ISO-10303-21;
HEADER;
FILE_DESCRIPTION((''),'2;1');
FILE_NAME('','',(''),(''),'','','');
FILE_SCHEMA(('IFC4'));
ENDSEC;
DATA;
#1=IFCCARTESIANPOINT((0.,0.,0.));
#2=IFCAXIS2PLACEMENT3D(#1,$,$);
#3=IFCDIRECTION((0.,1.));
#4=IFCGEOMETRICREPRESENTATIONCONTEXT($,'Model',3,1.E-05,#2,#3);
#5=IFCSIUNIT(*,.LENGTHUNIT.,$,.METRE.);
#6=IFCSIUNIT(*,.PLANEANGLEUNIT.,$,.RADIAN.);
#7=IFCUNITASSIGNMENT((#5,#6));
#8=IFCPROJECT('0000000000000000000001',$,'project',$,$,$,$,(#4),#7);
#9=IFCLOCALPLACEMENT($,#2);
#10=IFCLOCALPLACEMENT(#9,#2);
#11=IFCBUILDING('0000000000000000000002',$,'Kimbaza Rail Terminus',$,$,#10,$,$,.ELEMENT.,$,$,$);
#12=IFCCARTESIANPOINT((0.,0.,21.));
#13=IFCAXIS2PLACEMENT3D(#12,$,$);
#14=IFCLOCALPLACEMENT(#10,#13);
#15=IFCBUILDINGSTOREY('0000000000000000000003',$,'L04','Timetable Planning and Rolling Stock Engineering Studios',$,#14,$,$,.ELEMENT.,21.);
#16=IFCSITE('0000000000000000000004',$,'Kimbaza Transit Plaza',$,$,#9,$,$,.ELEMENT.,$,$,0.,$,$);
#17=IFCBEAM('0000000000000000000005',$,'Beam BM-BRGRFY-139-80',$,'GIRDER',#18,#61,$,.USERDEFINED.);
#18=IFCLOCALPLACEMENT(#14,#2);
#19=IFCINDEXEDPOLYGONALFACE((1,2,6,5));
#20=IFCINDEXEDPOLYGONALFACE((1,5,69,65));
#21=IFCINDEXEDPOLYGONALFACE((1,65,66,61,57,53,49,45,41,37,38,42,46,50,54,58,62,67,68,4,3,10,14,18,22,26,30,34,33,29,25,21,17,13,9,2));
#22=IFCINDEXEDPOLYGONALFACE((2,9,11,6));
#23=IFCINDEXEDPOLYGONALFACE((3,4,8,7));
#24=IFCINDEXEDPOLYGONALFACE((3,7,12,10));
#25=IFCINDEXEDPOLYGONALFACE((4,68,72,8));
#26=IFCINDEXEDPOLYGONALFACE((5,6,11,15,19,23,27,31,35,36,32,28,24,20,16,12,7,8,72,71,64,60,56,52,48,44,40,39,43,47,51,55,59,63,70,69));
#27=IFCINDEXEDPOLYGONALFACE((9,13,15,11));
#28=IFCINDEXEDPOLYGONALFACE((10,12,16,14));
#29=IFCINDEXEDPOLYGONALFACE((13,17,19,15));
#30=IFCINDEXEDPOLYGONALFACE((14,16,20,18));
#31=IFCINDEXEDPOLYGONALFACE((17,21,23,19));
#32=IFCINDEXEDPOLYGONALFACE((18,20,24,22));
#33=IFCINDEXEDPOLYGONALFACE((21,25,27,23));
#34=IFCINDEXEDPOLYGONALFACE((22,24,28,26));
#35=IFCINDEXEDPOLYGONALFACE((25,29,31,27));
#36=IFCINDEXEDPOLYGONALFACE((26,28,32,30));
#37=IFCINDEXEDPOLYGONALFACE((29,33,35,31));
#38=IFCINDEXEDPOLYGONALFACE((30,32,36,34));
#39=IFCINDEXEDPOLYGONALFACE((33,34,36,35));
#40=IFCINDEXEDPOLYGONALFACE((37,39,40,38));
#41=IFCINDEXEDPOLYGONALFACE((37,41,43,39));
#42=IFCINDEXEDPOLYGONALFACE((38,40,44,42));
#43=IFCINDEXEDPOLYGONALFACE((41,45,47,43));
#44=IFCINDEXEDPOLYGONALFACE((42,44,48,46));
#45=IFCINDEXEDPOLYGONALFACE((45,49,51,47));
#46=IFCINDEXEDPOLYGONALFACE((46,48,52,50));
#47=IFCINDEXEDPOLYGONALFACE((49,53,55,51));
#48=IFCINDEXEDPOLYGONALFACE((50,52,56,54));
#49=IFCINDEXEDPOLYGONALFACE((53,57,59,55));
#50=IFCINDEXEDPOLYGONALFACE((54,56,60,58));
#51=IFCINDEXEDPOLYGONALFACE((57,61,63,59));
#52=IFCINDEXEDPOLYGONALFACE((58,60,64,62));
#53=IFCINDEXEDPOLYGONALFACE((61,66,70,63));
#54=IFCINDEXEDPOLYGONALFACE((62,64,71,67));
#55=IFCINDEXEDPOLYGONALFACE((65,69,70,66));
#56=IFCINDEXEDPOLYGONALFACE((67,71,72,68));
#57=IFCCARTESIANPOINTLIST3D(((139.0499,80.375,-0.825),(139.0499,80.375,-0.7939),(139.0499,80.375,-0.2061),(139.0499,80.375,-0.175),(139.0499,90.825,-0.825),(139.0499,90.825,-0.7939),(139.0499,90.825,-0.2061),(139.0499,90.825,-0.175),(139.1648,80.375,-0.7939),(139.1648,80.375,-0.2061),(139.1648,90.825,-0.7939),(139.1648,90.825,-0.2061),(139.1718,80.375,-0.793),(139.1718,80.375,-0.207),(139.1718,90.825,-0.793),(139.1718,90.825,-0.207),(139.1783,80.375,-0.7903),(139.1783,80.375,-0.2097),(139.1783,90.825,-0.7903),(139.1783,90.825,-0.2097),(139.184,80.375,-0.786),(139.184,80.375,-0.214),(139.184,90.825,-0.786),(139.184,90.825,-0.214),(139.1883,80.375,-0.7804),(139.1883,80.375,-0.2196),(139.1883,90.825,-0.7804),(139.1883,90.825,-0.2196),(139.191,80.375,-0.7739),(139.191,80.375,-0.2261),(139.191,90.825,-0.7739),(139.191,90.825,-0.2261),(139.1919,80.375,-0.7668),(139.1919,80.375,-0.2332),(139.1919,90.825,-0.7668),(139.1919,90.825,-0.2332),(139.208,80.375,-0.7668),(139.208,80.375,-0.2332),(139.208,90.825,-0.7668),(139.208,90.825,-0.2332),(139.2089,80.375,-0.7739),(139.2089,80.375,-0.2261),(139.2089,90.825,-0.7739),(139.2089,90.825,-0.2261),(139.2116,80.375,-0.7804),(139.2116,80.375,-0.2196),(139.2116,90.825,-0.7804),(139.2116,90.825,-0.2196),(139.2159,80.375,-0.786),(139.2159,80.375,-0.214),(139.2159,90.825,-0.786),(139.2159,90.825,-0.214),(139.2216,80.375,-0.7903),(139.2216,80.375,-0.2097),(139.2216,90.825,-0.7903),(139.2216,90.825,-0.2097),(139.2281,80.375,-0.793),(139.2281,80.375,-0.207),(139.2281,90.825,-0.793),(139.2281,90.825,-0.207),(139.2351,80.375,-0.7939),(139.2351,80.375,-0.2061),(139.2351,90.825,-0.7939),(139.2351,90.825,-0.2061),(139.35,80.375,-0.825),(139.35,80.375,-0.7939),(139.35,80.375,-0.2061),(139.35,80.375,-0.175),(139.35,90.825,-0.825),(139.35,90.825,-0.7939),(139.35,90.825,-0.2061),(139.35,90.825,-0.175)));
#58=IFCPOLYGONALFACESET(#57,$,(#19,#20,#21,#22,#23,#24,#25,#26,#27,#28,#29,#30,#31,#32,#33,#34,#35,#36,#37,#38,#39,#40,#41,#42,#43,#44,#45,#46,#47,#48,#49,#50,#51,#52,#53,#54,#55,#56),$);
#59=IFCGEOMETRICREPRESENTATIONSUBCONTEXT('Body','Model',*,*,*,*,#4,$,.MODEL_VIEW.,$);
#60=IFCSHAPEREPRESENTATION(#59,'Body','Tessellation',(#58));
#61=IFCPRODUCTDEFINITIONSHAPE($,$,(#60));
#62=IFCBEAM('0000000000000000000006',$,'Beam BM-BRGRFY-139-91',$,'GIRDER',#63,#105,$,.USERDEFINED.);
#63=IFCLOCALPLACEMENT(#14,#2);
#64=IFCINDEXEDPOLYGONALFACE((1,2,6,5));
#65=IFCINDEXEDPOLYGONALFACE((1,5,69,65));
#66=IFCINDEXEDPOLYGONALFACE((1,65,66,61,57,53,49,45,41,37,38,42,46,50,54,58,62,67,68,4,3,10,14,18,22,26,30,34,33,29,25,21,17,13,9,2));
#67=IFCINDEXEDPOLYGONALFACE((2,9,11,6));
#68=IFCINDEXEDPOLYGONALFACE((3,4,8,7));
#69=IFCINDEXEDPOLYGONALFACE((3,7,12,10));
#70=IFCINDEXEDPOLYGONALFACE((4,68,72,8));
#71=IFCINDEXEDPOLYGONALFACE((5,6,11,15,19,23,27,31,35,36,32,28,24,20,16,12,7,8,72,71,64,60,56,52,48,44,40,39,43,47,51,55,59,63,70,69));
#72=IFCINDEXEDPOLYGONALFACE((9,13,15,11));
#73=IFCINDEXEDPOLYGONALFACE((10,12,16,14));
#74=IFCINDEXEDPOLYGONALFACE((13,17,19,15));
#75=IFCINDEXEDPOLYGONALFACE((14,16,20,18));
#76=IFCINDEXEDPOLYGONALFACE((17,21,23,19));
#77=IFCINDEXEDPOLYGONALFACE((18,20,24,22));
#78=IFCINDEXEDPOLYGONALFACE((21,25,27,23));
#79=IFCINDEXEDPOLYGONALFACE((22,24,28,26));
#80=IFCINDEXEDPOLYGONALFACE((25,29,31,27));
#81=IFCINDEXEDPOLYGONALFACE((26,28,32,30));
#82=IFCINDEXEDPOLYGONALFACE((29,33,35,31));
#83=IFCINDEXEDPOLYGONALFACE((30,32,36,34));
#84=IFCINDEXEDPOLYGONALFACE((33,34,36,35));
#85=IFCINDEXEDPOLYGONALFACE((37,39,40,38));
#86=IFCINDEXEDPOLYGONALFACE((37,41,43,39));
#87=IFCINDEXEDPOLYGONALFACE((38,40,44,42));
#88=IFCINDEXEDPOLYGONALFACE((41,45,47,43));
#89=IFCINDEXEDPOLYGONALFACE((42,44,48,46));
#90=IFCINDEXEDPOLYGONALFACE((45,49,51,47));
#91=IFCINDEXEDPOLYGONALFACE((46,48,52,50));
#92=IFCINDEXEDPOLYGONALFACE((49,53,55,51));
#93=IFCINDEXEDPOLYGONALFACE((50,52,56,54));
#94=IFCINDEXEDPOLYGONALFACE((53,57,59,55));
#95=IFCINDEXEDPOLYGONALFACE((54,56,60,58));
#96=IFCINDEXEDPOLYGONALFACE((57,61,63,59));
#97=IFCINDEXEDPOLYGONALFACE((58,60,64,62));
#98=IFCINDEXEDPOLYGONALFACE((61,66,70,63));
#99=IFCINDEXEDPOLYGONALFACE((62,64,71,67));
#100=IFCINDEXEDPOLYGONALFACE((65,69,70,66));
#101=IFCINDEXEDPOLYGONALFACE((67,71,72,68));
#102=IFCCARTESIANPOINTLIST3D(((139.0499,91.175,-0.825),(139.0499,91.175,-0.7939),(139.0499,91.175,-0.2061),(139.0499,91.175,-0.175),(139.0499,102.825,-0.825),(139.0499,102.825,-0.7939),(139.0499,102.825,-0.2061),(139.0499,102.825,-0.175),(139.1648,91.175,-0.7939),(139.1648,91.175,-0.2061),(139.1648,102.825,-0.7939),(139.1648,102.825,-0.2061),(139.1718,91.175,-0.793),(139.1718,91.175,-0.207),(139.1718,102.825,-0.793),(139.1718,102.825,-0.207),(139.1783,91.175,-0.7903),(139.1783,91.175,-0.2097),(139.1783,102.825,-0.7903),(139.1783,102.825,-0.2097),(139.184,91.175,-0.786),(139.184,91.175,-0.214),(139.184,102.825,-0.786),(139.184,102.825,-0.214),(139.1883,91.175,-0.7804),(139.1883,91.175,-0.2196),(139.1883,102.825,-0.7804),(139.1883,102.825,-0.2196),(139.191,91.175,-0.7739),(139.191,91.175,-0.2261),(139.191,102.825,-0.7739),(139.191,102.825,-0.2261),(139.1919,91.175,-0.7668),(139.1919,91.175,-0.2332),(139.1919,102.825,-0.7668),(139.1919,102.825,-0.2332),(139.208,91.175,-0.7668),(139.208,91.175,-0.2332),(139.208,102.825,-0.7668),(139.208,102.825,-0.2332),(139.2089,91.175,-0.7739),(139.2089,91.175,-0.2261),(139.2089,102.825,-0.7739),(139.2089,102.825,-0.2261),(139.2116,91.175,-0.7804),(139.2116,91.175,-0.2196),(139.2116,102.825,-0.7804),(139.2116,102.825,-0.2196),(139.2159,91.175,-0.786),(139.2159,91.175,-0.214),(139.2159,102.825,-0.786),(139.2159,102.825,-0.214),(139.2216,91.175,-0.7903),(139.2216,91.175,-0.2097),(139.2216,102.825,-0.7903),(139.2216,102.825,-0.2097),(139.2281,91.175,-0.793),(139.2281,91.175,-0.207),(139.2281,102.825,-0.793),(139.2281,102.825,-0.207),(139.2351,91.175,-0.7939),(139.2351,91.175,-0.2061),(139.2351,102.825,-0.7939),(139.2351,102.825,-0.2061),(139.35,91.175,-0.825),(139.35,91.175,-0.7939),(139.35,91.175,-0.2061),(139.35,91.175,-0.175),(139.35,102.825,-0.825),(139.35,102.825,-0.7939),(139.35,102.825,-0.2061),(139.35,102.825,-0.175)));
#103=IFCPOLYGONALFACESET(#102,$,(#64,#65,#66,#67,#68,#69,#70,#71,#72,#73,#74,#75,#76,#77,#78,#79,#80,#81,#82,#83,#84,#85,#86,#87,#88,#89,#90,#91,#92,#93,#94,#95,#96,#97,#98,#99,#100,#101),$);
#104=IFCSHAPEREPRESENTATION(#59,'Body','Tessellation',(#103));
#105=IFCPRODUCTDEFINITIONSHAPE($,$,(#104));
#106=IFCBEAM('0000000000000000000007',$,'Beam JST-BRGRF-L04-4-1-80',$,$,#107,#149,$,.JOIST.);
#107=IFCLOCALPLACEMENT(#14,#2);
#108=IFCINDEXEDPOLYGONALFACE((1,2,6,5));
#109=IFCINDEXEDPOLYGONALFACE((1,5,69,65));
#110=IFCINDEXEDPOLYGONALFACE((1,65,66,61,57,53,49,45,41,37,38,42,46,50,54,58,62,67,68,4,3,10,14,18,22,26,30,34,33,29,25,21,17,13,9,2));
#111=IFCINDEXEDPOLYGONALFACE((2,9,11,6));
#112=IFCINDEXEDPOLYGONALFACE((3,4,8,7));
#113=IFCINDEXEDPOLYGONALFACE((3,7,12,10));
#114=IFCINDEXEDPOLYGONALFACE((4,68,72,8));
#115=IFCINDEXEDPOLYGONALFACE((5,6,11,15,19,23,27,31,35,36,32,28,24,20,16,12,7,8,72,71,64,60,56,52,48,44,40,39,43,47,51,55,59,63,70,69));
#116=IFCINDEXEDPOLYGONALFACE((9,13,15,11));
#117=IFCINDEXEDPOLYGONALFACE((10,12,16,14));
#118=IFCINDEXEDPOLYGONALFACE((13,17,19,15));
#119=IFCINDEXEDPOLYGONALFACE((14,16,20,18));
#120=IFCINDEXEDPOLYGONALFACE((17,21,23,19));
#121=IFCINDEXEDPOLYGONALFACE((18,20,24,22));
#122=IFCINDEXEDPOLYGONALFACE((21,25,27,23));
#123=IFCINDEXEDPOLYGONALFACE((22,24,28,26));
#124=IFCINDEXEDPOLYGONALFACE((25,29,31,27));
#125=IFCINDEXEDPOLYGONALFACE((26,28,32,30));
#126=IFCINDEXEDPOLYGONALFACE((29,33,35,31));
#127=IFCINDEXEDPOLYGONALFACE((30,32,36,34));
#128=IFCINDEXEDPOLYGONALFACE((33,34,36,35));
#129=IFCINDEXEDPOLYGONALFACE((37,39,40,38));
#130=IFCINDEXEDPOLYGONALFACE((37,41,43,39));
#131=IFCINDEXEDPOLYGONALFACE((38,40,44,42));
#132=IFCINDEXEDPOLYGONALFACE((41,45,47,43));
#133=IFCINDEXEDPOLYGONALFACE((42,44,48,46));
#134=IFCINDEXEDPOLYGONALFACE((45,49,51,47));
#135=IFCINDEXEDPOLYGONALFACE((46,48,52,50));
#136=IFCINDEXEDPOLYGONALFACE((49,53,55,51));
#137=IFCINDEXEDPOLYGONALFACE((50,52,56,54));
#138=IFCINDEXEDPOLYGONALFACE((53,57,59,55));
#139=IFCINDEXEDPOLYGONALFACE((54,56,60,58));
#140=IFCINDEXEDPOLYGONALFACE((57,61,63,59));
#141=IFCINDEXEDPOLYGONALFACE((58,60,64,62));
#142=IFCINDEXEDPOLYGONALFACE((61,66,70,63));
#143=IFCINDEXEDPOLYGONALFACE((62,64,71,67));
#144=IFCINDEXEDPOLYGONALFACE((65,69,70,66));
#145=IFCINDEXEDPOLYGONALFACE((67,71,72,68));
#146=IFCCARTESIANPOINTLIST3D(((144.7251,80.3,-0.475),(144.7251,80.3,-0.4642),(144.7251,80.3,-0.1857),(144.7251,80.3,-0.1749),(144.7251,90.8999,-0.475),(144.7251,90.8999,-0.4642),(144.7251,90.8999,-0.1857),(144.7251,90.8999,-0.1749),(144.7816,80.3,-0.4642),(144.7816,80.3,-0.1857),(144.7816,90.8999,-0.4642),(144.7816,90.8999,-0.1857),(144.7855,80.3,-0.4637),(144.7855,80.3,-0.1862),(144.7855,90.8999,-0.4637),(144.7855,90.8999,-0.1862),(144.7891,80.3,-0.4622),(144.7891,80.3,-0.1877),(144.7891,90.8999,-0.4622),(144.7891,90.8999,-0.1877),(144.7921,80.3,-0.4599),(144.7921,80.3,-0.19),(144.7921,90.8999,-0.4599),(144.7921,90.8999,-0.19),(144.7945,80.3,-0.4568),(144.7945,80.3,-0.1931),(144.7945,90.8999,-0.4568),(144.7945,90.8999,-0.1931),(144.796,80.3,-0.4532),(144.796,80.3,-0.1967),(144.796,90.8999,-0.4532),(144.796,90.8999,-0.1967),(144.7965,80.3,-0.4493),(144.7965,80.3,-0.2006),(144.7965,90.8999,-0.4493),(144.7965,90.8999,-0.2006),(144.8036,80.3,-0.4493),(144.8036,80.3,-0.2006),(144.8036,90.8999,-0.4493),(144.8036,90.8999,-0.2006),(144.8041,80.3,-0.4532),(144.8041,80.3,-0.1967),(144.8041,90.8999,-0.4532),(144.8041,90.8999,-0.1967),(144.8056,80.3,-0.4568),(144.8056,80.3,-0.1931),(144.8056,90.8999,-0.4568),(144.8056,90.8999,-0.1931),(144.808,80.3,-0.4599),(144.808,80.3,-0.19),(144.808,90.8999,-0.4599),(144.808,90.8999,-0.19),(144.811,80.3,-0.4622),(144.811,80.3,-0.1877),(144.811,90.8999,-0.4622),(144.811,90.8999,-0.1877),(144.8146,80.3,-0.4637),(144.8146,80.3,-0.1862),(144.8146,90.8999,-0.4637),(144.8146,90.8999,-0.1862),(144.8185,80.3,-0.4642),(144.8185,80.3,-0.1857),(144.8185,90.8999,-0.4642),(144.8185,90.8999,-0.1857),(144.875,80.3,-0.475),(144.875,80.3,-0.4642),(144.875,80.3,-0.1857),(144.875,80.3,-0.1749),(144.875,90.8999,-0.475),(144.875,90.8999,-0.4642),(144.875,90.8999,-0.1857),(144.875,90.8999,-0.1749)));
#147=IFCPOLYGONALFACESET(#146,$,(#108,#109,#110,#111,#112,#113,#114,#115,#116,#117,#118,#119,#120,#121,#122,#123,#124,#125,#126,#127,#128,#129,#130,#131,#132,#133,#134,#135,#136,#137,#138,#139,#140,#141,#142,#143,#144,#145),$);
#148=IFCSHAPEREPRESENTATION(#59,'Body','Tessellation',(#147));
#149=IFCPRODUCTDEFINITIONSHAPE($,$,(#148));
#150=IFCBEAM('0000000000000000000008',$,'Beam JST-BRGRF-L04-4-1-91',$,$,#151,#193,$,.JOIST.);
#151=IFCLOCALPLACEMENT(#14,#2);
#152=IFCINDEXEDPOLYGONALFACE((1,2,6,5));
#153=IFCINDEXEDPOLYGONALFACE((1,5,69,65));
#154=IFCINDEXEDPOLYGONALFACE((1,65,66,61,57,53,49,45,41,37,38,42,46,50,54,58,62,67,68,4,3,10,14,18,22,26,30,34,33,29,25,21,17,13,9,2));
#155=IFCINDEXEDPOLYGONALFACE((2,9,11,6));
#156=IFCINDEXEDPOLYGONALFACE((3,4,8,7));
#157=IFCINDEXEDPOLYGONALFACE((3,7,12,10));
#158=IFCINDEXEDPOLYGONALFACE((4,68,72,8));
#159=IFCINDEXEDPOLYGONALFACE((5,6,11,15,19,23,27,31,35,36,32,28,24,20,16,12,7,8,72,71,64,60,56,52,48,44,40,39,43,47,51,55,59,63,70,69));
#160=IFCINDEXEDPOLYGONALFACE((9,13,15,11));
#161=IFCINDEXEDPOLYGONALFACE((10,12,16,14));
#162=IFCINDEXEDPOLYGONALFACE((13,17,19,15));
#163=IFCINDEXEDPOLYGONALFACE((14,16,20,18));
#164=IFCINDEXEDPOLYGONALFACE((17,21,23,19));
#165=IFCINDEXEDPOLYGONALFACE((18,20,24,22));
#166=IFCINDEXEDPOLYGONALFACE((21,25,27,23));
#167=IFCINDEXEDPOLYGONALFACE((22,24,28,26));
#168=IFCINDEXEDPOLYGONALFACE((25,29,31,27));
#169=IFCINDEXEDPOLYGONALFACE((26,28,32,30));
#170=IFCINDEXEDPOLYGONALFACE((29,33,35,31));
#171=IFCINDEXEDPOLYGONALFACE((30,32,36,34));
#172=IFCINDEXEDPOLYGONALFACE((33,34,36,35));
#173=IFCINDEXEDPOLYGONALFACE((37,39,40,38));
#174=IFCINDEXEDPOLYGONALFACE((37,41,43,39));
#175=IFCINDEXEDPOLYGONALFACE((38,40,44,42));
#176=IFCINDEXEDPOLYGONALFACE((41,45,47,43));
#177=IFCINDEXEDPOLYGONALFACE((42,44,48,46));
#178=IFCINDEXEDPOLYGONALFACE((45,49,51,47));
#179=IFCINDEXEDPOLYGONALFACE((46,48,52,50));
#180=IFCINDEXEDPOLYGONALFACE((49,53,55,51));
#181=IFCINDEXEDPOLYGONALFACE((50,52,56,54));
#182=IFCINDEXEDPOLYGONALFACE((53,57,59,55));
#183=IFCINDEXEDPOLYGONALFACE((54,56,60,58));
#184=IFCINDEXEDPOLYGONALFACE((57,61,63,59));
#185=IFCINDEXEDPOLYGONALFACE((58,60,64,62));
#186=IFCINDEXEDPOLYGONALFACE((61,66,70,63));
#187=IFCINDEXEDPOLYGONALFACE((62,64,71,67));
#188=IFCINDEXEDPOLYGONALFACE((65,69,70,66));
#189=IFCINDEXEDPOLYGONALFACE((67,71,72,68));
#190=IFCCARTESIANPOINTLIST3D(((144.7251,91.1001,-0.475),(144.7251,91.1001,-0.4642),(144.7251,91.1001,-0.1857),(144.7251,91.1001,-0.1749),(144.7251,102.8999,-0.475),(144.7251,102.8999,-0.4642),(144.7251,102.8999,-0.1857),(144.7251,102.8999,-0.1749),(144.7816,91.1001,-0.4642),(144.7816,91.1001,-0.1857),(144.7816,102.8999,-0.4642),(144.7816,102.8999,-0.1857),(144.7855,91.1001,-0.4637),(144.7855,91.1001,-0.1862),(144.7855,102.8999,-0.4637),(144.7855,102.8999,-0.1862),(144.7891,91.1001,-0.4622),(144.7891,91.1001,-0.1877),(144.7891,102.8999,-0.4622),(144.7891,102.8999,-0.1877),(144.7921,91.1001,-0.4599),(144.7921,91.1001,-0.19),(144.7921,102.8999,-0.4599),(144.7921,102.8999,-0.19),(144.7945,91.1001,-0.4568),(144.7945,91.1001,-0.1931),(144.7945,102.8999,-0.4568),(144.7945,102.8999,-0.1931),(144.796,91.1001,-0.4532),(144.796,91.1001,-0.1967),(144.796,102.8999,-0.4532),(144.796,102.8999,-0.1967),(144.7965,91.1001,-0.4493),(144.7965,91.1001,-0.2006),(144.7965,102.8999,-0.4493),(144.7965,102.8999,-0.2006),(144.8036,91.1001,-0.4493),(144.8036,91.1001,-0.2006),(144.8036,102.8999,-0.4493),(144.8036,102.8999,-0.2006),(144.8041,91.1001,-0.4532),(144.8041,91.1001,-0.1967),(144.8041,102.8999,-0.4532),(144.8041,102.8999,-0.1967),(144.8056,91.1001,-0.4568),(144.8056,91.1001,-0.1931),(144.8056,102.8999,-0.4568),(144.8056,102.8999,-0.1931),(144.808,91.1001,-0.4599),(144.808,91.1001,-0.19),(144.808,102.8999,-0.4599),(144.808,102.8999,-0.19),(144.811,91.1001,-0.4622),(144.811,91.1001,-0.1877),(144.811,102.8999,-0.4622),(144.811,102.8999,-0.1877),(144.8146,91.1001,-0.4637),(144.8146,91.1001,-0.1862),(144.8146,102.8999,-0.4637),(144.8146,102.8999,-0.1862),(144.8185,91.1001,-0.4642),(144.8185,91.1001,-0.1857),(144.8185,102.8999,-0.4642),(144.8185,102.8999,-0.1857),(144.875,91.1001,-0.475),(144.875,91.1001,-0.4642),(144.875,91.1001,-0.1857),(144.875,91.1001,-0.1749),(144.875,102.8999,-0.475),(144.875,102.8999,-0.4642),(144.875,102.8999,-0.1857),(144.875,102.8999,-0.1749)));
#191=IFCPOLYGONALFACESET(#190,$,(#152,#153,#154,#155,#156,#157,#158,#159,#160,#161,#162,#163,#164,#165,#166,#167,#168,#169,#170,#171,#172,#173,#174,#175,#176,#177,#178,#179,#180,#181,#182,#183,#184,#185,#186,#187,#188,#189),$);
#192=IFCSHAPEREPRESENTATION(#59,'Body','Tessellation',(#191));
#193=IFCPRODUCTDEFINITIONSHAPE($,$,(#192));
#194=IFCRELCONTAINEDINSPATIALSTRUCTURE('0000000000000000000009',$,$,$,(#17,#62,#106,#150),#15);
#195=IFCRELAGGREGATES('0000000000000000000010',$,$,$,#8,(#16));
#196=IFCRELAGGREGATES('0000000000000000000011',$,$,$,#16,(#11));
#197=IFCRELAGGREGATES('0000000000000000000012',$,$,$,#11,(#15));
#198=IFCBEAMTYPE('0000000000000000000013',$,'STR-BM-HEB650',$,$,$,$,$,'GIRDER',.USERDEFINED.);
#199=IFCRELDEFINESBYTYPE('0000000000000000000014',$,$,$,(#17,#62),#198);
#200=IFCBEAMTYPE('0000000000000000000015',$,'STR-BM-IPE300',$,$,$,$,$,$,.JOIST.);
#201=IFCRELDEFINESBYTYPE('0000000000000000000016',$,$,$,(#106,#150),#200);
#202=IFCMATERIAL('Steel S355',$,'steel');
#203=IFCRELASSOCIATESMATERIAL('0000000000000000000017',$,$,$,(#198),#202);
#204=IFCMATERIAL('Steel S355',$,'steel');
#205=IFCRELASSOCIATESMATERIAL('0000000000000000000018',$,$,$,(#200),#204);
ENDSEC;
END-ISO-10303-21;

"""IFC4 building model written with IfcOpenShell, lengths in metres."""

from ifc_helpers import new_model, si_unit, direction, frame, origin, origin_2d, place, context, subcontext, project, spatial, i_section, extrude, material, material_profile, profile_set, type_object, element, save


model = new_model("IFC4")

# Units and contexts
model_context = context("Model", 3, precision=1e-05, world=origin(), true_north=direction((0.0, 1.0)))
body_context = subcontext(model_context, "Body", "Model", "MODEL_VIEW")
ifc_project = project(units=[si_unit("LENGTHUNIT", "METRE"), si_unit("PLANEANGLEUNIT", "RADIAN")], contexts=[model_context])

# Site, building, storey
site_placement = place(None, origin())
site = spatial("IfcSite", under=ifc_project, at=site_placement, Name="Kimbaza Transit Plaza", CompositionType="ELEMENT", RefElevation=0.0)
building_placement = place(site_placement, origin())
building = spatial("IfcBuilding", under=site, at=building_placement, Name="Kimbaza Rail Terminus", CompositionType="ELEMENT")
storey_placement = place(building_placement, frame((0.0, 0.0, 21.0)))
storey = spatial("IfcBuildingStorey", under=building, at=storey_placement, Name="L04", Description="Timetable Planning and Rolling Stock Engineering Studios", CompositionType="ELEMENT", Elevation=21.0)

# Beams
ifc_material_1 = material(Name="Steel S355", Category="steel")
ifc_material_profile_1 = material_profile(ifc_material_1, i_section(OverallWidth=0.3, OverallDepth=0.6499, WebThickness=0.0161, FlangeThickness=0.031, FilletRadius=0.0271, at=origin_2d()), Name="HEB 650")
ifc_profile_set_1 = profile_set([ifc_material_profile_1], Name="Steel S355")
beam_type_1 = type_object("IfcBeamType", Name="STR-BM-HEB650", ElementType="GIRDER", PredefinedType="USERDEFINED", material=ifc_profile_set_1)
beam_1_placement = place(storey_placement, frame((139.2, 80.375, -0.5), z_axis=(0.0, 1.0, 0.0), x_axis=(-1.0, 0.0, 0.0)))
element("IfcBeam", 1, at=beam_1_placement, inside=storey, type_object=beam_type_1, Name="Beam BM-BRGRFY-139-80", ObjectType="GIRDER", PredefinedType="USERDEFINED", context=body_context, shape_type="SweptSolid", body=[
    extrude(i_section(OverallWidth=0.3, OverallDepth=0.6499, WebThickness=0.0161, FlangeThickness=0.031, FilletRadius=0.0271, at=origin_2d()), origin(), (0.0, 0.0, 1.0), 10.45),
])
beam_2_placement = place(storey_placement, frame((139.2, 91.175, -0.5), z_axis=(0.0, 1.0, 0.0), x_axis=(-1.0, 0.0, 0.0)))
element("IfcBeam", 2, at=beam_2_placement, inside=storey, type_object=beam_type_1, Name="Beam BM-BRGRFY-139-91", ObjectType="GIRDER", PredefinedType="USERDEFINED", context=body_context, shape_type="SweptSolid", body=[
    extrude(i_section(OverallWidth=0.3, OverallDepth=0.6499, WebThickness=0.0161, FlangeThickness=0.031, FilletRadius=0.0271, at=origin_2d()), origin(), (0.0, 0.0, 1.0), 11.6499),
])
ifc_material_2 = material(Name="Steel S355", Category="steel")
ifc_material_profile_2 = material_profile(ifc_material_2, i_section(OverallWidth=0.1499, OverallDepth=0.3, WebThickness=0.0071, FlangeThickness=0.0107, FilletRadius=0.0149, at=origin_2d()), Name="IPE 300")
ifc_profile_set_2 = profile_set([ifc_material_profile_2], Name="Steel S355")
beam_type_2 = type_object("IfcBeamType", Name="STR-BM-IPE300", PredefinedType="JOIST", material=ifc_profile_set_2)
beam_3_placement = place(storey_placement, frame((144.8, 80.3, -0.325), z_axis=(0.0, 1.0, 0.0), x_axis=(-1.0, 0.0, 0.0)))
element("IfcBeam", 3, at=beam_3_placement, inside=storey, type_object=beam_type_2, Name="Beam JST-BRGRF-L04-4-1-80", PredefinedType="JOIST", context=body_context, shape_type="SweptSolid", body=[
    extrude(i_section(OverallWidth=0.1499, OverallDepth=0.3, WebThickness=0.0071, FlangeThickness=0.0107, FilletRadius=0.0149, at=origin_2d()), origin(), (0.0, 0.0, 1.0), 10.5999),
])
beam_4_placement = place(storey_placement, frame((144.8, 91.1001, -0.325), z_axis=(0.0, 1.0, 0.0), x_axis=(-1.0, 0.0, 0.0)))
element("IfcBeam", 4, at=beam_4_placement, inside=storey, type_object=beam_type_2, Name="Beam JST-BRGRF-L04-4-1-91", PredefinedType="JOIST", context=body_context, shape_type="SweptSolid", body=[
    extrude(i_section(OverallWidth=0.1499, OverallDepth=0.3, WebThickness=0.0071, FlangeThickness=0.0107, FilletRadius=0.0149, at=origin_2d()), origin(), (0.0, 0.0, 1.0), 11.7998),
])

save(model, "model.ifc")
